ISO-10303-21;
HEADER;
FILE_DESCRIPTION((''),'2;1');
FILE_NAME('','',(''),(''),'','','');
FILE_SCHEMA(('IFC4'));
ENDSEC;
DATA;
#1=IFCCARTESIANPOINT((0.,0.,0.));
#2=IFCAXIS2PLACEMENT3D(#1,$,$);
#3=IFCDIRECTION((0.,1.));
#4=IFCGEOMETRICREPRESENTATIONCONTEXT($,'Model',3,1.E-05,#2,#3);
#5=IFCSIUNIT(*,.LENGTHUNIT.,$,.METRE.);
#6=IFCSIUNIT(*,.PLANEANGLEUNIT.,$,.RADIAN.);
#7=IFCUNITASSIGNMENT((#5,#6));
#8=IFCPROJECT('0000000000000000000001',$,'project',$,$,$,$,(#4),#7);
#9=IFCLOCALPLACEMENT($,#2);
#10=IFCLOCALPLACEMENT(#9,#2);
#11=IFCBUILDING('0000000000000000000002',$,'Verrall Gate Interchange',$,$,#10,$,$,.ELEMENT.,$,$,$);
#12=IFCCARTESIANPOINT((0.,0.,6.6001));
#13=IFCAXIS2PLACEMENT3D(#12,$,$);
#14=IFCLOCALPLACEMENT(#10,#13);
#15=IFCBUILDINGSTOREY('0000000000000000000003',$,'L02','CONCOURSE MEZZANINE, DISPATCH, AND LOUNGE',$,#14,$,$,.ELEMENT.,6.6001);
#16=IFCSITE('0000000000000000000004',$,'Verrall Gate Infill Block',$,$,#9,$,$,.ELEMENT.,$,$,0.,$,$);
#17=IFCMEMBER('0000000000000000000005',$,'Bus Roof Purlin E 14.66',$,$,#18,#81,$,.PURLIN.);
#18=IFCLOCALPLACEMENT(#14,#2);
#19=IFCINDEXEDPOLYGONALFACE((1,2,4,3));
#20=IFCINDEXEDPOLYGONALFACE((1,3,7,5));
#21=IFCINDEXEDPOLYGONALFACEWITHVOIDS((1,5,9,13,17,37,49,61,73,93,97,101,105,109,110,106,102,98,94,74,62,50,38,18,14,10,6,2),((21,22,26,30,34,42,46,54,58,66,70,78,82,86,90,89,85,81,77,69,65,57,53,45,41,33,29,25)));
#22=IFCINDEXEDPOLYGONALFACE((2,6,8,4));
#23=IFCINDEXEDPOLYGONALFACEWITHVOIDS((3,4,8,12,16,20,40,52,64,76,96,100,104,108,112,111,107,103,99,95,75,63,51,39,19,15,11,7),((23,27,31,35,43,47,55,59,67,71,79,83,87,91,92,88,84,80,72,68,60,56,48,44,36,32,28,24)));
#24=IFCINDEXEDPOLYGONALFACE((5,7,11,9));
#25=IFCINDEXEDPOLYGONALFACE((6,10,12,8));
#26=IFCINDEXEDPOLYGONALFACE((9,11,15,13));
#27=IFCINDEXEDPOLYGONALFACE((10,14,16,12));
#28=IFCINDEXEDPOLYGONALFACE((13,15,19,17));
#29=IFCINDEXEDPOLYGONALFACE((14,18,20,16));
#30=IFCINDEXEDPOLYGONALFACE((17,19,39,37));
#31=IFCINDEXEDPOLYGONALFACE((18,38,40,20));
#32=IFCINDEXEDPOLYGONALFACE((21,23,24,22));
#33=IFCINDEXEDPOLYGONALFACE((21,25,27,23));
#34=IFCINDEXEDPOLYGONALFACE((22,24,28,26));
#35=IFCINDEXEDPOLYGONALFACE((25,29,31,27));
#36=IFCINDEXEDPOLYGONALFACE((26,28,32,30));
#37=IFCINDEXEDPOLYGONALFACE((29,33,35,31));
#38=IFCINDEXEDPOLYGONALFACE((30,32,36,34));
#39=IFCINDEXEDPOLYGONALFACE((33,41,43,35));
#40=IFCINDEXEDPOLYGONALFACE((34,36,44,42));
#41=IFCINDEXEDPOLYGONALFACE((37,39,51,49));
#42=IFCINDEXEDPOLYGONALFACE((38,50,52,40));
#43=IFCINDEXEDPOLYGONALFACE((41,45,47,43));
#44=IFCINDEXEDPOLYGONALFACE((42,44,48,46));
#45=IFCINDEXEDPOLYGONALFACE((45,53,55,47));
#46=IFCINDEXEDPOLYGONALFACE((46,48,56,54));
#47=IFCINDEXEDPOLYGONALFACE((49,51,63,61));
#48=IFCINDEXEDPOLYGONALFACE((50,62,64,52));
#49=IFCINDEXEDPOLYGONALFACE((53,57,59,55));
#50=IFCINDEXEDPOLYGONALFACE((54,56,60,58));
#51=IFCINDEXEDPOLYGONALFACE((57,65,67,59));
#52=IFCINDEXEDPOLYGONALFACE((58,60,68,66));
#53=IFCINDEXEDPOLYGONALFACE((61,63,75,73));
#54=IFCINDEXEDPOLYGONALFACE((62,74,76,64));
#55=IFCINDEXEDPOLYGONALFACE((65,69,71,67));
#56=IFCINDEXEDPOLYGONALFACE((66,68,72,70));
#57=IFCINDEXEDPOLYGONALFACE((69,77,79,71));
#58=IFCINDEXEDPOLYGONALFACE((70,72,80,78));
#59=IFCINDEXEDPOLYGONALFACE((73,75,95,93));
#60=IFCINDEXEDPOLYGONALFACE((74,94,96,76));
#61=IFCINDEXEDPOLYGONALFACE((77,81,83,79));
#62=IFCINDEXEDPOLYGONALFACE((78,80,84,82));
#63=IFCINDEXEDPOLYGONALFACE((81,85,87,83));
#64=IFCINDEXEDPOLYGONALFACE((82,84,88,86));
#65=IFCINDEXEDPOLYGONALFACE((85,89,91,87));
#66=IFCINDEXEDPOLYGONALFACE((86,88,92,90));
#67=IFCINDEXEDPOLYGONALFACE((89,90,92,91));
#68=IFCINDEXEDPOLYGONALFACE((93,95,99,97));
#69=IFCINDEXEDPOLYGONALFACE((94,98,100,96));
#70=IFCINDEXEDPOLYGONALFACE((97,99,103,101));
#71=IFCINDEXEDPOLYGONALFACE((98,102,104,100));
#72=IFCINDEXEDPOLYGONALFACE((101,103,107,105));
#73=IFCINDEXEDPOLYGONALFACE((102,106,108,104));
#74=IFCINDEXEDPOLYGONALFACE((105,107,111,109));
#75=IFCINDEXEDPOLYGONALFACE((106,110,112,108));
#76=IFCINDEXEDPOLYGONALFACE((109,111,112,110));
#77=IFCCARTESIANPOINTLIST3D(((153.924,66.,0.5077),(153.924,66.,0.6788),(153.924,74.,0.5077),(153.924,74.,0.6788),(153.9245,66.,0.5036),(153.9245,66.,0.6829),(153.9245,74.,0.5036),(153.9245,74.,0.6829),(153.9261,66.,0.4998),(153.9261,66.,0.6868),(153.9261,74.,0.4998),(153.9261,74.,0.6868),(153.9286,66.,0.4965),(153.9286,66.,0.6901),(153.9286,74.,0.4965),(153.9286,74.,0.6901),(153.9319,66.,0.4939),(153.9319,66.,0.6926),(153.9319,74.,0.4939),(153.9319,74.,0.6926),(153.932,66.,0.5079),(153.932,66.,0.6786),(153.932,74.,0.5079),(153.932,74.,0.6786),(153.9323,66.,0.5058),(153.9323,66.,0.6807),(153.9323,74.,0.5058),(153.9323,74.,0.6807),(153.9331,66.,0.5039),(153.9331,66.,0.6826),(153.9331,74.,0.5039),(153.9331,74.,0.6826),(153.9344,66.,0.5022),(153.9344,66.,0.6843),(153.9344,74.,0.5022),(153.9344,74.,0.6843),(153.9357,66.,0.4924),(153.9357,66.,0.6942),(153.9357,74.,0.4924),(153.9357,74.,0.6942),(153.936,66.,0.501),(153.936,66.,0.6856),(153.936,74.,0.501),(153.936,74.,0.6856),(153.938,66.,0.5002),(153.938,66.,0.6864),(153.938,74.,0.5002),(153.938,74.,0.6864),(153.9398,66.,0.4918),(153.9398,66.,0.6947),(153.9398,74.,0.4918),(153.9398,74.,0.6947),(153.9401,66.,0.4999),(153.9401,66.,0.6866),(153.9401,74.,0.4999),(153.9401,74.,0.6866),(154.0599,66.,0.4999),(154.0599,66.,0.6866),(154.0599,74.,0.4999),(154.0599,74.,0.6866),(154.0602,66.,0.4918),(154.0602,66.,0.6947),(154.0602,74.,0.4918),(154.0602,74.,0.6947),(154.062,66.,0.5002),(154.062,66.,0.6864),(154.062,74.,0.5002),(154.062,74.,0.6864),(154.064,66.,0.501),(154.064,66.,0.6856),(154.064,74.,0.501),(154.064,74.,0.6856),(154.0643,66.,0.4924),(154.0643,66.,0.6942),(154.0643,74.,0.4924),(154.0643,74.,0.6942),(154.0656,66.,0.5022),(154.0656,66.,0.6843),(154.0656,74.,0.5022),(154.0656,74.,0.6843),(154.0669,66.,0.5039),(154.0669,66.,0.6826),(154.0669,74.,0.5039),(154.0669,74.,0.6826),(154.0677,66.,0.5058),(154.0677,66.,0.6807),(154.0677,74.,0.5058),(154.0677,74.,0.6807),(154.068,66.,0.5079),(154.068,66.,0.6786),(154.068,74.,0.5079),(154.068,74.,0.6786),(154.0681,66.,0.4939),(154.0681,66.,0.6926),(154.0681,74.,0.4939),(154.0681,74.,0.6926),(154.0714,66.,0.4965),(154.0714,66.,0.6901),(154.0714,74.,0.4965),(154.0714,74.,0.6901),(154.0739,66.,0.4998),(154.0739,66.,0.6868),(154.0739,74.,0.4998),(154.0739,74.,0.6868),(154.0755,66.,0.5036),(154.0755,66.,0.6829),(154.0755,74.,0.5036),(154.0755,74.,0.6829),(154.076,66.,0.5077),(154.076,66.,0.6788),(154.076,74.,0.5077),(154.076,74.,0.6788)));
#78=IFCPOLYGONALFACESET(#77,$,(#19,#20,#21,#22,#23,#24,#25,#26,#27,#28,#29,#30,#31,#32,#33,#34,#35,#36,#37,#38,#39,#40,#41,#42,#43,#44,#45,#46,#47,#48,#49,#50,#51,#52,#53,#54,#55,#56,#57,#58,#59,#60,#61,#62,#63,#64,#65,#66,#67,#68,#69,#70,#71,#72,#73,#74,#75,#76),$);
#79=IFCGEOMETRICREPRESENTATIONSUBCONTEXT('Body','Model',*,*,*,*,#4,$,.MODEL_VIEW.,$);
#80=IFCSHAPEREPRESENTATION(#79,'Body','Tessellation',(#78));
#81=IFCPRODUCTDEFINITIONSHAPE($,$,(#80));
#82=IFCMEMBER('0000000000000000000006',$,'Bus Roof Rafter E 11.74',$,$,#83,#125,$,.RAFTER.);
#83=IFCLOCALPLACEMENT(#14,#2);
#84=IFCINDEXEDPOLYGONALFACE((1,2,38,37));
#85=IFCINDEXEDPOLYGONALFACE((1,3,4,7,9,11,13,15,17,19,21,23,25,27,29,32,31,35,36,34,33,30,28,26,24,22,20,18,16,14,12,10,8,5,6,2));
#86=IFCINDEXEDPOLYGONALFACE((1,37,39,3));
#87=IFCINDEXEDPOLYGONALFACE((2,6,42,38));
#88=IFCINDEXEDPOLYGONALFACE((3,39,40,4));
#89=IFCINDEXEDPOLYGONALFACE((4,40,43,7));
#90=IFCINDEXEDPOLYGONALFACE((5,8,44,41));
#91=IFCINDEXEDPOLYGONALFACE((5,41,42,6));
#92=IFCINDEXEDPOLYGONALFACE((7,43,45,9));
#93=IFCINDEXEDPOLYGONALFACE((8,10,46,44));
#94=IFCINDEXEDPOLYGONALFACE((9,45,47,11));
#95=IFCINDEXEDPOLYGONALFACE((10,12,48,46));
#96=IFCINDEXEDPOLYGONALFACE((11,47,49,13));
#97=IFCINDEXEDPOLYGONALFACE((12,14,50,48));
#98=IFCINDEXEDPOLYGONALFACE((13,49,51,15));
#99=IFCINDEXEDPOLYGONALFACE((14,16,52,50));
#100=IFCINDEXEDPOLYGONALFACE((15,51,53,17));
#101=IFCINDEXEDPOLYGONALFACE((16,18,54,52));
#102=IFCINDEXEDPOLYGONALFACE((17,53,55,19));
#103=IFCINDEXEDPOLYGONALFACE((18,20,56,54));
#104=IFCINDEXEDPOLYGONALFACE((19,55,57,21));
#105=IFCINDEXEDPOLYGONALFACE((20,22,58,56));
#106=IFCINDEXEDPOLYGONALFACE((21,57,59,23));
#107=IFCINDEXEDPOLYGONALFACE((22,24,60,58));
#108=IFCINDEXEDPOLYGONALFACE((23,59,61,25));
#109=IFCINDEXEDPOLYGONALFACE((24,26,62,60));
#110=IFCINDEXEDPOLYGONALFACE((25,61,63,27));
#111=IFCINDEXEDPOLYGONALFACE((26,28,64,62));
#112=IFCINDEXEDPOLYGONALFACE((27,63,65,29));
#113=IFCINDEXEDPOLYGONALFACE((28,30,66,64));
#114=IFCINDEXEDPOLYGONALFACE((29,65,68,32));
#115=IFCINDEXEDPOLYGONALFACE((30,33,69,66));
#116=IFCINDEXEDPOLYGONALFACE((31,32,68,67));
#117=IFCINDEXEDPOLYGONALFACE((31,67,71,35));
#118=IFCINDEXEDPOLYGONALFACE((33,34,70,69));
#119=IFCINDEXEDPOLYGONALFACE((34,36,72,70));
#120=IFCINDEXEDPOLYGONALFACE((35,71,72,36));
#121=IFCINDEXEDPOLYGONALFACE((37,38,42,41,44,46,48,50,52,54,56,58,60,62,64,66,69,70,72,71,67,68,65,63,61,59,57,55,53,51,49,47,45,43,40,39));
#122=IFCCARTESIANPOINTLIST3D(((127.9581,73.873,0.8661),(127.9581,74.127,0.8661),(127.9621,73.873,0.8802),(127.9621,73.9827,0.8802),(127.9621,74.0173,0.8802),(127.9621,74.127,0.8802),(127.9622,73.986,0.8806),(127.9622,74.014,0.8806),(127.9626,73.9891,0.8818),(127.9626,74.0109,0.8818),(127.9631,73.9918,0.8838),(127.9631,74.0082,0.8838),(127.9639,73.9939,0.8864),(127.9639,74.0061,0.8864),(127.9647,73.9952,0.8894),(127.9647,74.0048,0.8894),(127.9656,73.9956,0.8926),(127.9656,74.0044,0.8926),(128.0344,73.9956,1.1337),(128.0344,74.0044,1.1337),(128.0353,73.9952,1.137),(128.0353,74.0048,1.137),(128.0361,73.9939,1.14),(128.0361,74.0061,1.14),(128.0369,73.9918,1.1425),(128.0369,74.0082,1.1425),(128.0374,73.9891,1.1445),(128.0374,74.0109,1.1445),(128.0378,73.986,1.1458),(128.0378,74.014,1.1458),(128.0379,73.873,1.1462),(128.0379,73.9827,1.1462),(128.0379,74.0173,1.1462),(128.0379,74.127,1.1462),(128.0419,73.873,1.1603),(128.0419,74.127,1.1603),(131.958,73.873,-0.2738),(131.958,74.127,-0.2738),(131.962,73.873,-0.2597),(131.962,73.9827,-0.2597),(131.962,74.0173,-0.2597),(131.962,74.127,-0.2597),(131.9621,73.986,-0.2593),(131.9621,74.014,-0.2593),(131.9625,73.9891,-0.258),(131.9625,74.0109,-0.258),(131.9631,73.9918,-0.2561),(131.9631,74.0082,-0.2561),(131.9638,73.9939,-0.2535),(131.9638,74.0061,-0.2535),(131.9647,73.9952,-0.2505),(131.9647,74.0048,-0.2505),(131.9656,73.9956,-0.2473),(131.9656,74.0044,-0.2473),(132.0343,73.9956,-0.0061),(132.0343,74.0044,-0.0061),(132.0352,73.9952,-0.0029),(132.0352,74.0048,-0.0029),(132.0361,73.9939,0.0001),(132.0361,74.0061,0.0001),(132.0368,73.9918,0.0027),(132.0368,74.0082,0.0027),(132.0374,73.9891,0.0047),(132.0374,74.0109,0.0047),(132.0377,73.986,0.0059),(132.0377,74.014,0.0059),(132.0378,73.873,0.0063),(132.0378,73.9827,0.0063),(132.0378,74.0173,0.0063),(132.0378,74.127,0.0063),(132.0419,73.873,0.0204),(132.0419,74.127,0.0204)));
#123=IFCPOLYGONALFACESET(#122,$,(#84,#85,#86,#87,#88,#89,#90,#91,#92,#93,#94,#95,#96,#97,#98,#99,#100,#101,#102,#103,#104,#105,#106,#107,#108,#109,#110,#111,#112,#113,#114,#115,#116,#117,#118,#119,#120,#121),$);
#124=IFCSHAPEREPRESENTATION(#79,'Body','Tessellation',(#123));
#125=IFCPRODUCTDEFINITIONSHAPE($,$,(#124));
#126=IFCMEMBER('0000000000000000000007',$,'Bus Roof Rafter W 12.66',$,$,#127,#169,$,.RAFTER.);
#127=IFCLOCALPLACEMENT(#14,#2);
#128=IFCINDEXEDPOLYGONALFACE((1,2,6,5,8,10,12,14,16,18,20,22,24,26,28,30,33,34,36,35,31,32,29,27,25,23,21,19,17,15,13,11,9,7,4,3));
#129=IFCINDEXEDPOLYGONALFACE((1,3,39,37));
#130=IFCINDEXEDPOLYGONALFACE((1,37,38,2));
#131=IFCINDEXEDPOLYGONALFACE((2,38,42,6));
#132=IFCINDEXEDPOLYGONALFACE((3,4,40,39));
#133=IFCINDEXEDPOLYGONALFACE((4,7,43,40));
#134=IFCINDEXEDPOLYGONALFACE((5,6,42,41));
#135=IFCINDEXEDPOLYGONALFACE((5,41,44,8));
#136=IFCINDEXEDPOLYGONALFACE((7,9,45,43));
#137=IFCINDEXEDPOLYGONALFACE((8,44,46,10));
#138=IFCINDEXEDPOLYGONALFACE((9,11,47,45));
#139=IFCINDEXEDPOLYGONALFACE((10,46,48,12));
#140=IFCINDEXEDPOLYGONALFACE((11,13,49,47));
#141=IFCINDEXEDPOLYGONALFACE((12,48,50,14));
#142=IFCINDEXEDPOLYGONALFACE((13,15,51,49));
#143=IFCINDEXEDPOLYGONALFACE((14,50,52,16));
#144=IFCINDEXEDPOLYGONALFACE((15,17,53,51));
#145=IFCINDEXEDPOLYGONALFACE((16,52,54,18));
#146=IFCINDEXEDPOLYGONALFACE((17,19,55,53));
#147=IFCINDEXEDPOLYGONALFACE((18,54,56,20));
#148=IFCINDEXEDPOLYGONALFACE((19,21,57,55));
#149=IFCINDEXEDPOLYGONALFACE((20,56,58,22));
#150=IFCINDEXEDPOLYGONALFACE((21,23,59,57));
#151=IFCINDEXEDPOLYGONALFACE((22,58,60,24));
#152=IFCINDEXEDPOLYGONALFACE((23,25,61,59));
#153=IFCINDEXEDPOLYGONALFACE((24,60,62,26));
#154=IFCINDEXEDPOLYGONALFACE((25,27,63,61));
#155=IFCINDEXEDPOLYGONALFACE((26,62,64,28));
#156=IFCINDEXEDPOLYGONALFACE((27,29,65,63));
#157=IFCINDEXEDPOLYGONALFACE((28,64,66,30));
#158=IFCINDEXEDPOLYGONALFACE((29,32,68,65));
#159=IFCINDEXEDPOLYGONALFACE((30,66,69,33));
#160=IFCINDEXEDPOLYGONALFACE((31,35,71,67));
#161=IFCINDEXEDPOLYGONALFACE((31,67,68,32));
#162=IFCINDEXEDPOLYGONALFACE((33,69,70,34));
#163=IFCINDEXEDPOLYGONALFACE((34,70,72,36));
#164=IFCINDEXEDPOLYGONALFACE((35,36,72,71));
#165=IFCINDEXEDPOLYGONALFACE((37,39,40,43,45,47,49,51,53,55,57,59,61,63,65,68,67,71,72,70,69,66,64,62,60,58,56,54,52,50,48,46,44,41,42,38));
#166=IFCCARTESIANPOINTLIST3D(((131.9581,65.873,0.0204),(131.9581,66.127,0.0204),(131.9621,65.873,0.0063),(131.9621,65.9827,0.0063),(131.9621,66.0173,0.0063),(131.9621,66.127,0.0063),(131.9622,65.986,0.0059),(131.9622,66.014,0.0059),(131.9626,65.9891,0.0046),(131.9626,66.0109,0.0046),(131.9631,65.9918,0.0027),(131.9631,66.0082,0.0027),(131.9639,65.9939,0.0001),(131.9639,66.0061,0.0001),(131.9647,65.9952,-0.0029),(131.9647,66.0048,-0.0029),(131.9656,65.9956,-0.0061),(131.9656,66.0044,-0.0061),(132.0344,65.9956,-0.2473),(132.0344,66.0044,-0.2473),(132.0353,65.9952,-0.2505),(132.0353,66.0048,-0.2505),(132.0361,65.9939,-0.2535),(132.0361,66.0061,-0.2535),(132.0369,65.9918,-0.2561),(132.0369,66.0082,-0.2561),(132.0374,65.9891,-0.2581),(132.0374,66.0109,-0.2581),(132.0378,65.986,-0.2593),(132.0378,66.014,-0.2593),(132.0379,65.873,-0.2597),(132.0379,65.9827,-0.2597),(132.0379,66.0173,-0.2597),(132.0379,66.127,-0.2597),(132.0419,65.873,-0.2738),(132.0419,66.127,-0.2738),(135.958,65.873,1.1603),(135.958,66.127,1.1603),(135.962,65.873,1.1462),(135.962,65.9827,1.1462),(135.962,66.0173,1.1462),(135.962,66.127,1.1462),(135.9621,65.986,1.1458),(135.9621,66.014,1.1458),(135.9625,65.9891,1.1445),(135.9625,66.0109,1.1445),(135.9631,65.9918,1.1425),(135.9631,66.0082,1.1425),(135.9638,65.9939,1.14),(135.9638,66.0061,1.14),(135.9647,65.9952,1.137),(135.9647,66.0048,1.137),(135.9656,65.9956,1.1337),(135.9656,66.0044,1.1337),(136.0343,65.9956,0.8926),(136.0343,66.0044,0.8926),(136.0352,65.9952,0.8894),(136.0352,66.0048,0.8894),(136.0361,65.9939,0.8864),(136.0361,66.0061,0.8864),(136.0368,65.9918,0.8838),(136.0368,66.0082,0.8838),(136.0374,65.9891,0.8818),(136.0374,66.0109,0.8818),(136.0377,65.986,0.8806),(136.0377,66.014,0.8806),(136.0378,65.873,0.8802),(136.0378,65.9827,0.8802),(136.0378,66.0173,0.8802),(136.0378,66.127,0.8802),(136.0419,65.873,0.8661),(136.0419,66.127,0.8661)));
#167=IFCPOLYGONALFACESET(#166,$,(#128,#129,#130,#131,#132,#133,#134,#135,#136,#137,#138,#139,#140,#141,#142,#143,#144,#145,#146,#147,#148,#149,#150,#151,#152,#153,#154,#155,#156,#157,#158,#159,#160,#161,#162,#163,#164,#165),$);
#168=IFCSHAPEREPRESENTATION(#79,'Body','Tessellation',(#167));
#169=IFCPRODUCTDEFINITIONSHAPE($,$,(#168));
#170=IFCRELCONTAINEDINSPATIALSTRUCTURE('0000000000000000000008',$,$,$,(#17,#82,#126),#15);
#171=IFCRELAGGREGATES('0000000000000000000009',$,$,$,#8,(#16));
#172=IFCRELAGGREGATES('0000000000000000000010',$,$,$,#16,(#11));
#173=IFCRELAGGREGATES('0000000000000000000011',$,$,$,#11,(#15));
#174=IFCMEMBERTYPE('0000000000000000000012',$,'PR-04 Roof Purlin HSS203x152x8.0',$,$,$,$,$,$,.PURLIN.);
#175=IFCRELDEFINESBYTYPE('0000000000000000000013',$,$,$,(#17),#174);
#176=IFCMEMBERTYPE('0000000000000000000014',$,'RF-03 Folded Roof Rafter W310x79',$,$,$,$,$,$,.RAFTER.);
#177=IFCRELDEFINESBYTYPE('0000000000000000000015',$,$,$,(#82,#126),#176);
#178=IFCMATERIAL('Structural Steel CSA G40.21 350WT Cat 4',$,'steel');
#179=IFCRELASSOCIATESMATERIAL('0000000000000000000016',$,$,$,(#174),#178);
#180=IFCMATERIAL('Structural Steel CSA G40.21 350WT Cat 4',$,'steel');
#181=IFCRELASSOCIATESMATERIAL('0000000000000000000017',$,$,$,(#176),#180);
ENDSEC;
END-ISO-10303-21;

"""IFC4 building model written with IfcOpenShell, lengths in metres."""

from ifc_helpers import new_model, si_unit, direction, frame, origin, origin_2d, place, context, subcontext, project, spatial, hollow_rectangle, i_section, extrude, material, material_profile, profile_set, type_object, element, save


model = new_model("IFC4")

# Units and contexts
model_context = context("Model", 3, precision=1e-05, world=origin(), true_north=direction((0.0, 1.0)))
body_context = subcontext(model_context, "Body", "Model", "MODEL_VIEW")
ifc_project = project(units=[si_unit("LENGTHUNIT", "METRE"), si_unit("PLANEANGLEUNIT", "RADIAN")], contexts=[model_context])

# Site, building, storey
site_placement = place(None, origin())
site = spatial("IfcSite", under=ifc_project, at=site_placement, Name="Verrall Gate Infill Block", CompositionType="ELEMENT", RefElevation=0.0)
building_placement = place(site_placement, origin())
building = spatial("IfcBuilding", under=site, at=building_placement, Name="Verrall Gate Interchange", CompositionType="ELEMENT")
storey_placement = place(building_placement, frame((0.0, 0.0, 6.6001)))
storey = spatial("IfcBuildingStorey", under=building, at=storey_placement, Name="L02", Description="CONCOURSE MEZZANINE, DISPATCH, AND LOUNGE", CompositionType="ELEMENT", Elevation=6.6001)

# Members
ifc_material_1 = material(Name="Structural Steel CSA G40.21 350WT Cat 4", Category="steel")
ifc_material_profile_1 = material_profile(ifc_material_1, hollow_rectangle(XDim=0.1521, YDim=0.2029, WallThickness=0.0081, InnerFilletRadius=0.0081, OuterFilletRadius=0.0159, at=origin_2d()), Name="HSS203x152x8.0")
ifc_profile_set_1 = profile_set([ifc_material_profile_1], Name="Structural Steel CSA G40.21 350WT Cat 4")
member_type_1 = type_object("IfcMemberType", Name="PR-04 Roof Purlin HSS203x152x8.0", PredefinedType="PURLIN", material=ifc_profile_set_1)
for number, where, z_axis, x_axis, name in (
    (1, (154.0, 66.0, 0.5933), (0.0, 1.0, 0.0), (-1.0, 0.0, 0.0), "Bus Roof Purlin E 14.66"),
):
    element("IfcMember", number, at=place(storey_placement, frame(where, z_axis=z_axis, x_axis=x_axis)), inside=storey, type_object=member_type_1, Name=name, PredefinedType="PURLIN", context=body_context, shape_type="SweptSolid", body=[
        extrude(hollow_rectangle(XDim=0.1521, YDim=0.2029, WallThickness=0.0081, InnerFilletRadius=0.0081, OuterFilletRadius=0.0159, at=origin_2d()), origin(), (0.0, 0.0, 1.0), 8.0),
    ])
ifc_material_2 = material(Name="Structural Steel CSA G40.21 350WT Cat 4", Category="steel")
ifc_material_profile_2 = material_profile(ifc_material_2, i_section(OverallWidth=0.2539, OverallDepth=0.3059, WebThickness=0.0088, FlangeThickness=0.0146, FilletRadius=0.0129, at=origin_2d()), Name="W310x79")
ifc_profile_set_2 = profile_set([ifc_material_profile_2], Name="Structural Steel CSA G40.21 350WT Cat 4")
member_type_2 = type_object("IfcMemberType", Name="RF-03 Folded Roof Rafter W310x79", PredefinedType="RAFTER", material=ifc_profile_set_2)
for number, where, z_axis, x_axis, name in (
    (2, (128.0, 74.0, 1.0132), (0.961712, 0.0, -0.274062), (0.0, 1.0, 0.0), "Bus Roof Rafter E 11.74"),
    (3, (132.0, 66.0, -0.1267), (0.961712, 0.0, 0.274062), (0.0, 1.0, 0.0), "Bus Roof Rafter W 12.66"),
):
    element("IfcMember", number, at=place(storey_placement, frame(where, z_axis=z_axis, x_axis=x_axis)), inside=storey, type_object=member_type_2, Name=name, PredefinedType="RAFTER", context=body_context, shape_type="SweptSolid", body=[
        extrude(i_section(OverallWidth=0.2539, OverallDepth=0.3059, WebThickness=0.0088, FlangeThickness=0.0146, FilletRadius=0.0129, at=origin_2d()), origin(), (0.0, 0.0, 1.0), 4.1592),
    ])

save(model, "model.ifc")
